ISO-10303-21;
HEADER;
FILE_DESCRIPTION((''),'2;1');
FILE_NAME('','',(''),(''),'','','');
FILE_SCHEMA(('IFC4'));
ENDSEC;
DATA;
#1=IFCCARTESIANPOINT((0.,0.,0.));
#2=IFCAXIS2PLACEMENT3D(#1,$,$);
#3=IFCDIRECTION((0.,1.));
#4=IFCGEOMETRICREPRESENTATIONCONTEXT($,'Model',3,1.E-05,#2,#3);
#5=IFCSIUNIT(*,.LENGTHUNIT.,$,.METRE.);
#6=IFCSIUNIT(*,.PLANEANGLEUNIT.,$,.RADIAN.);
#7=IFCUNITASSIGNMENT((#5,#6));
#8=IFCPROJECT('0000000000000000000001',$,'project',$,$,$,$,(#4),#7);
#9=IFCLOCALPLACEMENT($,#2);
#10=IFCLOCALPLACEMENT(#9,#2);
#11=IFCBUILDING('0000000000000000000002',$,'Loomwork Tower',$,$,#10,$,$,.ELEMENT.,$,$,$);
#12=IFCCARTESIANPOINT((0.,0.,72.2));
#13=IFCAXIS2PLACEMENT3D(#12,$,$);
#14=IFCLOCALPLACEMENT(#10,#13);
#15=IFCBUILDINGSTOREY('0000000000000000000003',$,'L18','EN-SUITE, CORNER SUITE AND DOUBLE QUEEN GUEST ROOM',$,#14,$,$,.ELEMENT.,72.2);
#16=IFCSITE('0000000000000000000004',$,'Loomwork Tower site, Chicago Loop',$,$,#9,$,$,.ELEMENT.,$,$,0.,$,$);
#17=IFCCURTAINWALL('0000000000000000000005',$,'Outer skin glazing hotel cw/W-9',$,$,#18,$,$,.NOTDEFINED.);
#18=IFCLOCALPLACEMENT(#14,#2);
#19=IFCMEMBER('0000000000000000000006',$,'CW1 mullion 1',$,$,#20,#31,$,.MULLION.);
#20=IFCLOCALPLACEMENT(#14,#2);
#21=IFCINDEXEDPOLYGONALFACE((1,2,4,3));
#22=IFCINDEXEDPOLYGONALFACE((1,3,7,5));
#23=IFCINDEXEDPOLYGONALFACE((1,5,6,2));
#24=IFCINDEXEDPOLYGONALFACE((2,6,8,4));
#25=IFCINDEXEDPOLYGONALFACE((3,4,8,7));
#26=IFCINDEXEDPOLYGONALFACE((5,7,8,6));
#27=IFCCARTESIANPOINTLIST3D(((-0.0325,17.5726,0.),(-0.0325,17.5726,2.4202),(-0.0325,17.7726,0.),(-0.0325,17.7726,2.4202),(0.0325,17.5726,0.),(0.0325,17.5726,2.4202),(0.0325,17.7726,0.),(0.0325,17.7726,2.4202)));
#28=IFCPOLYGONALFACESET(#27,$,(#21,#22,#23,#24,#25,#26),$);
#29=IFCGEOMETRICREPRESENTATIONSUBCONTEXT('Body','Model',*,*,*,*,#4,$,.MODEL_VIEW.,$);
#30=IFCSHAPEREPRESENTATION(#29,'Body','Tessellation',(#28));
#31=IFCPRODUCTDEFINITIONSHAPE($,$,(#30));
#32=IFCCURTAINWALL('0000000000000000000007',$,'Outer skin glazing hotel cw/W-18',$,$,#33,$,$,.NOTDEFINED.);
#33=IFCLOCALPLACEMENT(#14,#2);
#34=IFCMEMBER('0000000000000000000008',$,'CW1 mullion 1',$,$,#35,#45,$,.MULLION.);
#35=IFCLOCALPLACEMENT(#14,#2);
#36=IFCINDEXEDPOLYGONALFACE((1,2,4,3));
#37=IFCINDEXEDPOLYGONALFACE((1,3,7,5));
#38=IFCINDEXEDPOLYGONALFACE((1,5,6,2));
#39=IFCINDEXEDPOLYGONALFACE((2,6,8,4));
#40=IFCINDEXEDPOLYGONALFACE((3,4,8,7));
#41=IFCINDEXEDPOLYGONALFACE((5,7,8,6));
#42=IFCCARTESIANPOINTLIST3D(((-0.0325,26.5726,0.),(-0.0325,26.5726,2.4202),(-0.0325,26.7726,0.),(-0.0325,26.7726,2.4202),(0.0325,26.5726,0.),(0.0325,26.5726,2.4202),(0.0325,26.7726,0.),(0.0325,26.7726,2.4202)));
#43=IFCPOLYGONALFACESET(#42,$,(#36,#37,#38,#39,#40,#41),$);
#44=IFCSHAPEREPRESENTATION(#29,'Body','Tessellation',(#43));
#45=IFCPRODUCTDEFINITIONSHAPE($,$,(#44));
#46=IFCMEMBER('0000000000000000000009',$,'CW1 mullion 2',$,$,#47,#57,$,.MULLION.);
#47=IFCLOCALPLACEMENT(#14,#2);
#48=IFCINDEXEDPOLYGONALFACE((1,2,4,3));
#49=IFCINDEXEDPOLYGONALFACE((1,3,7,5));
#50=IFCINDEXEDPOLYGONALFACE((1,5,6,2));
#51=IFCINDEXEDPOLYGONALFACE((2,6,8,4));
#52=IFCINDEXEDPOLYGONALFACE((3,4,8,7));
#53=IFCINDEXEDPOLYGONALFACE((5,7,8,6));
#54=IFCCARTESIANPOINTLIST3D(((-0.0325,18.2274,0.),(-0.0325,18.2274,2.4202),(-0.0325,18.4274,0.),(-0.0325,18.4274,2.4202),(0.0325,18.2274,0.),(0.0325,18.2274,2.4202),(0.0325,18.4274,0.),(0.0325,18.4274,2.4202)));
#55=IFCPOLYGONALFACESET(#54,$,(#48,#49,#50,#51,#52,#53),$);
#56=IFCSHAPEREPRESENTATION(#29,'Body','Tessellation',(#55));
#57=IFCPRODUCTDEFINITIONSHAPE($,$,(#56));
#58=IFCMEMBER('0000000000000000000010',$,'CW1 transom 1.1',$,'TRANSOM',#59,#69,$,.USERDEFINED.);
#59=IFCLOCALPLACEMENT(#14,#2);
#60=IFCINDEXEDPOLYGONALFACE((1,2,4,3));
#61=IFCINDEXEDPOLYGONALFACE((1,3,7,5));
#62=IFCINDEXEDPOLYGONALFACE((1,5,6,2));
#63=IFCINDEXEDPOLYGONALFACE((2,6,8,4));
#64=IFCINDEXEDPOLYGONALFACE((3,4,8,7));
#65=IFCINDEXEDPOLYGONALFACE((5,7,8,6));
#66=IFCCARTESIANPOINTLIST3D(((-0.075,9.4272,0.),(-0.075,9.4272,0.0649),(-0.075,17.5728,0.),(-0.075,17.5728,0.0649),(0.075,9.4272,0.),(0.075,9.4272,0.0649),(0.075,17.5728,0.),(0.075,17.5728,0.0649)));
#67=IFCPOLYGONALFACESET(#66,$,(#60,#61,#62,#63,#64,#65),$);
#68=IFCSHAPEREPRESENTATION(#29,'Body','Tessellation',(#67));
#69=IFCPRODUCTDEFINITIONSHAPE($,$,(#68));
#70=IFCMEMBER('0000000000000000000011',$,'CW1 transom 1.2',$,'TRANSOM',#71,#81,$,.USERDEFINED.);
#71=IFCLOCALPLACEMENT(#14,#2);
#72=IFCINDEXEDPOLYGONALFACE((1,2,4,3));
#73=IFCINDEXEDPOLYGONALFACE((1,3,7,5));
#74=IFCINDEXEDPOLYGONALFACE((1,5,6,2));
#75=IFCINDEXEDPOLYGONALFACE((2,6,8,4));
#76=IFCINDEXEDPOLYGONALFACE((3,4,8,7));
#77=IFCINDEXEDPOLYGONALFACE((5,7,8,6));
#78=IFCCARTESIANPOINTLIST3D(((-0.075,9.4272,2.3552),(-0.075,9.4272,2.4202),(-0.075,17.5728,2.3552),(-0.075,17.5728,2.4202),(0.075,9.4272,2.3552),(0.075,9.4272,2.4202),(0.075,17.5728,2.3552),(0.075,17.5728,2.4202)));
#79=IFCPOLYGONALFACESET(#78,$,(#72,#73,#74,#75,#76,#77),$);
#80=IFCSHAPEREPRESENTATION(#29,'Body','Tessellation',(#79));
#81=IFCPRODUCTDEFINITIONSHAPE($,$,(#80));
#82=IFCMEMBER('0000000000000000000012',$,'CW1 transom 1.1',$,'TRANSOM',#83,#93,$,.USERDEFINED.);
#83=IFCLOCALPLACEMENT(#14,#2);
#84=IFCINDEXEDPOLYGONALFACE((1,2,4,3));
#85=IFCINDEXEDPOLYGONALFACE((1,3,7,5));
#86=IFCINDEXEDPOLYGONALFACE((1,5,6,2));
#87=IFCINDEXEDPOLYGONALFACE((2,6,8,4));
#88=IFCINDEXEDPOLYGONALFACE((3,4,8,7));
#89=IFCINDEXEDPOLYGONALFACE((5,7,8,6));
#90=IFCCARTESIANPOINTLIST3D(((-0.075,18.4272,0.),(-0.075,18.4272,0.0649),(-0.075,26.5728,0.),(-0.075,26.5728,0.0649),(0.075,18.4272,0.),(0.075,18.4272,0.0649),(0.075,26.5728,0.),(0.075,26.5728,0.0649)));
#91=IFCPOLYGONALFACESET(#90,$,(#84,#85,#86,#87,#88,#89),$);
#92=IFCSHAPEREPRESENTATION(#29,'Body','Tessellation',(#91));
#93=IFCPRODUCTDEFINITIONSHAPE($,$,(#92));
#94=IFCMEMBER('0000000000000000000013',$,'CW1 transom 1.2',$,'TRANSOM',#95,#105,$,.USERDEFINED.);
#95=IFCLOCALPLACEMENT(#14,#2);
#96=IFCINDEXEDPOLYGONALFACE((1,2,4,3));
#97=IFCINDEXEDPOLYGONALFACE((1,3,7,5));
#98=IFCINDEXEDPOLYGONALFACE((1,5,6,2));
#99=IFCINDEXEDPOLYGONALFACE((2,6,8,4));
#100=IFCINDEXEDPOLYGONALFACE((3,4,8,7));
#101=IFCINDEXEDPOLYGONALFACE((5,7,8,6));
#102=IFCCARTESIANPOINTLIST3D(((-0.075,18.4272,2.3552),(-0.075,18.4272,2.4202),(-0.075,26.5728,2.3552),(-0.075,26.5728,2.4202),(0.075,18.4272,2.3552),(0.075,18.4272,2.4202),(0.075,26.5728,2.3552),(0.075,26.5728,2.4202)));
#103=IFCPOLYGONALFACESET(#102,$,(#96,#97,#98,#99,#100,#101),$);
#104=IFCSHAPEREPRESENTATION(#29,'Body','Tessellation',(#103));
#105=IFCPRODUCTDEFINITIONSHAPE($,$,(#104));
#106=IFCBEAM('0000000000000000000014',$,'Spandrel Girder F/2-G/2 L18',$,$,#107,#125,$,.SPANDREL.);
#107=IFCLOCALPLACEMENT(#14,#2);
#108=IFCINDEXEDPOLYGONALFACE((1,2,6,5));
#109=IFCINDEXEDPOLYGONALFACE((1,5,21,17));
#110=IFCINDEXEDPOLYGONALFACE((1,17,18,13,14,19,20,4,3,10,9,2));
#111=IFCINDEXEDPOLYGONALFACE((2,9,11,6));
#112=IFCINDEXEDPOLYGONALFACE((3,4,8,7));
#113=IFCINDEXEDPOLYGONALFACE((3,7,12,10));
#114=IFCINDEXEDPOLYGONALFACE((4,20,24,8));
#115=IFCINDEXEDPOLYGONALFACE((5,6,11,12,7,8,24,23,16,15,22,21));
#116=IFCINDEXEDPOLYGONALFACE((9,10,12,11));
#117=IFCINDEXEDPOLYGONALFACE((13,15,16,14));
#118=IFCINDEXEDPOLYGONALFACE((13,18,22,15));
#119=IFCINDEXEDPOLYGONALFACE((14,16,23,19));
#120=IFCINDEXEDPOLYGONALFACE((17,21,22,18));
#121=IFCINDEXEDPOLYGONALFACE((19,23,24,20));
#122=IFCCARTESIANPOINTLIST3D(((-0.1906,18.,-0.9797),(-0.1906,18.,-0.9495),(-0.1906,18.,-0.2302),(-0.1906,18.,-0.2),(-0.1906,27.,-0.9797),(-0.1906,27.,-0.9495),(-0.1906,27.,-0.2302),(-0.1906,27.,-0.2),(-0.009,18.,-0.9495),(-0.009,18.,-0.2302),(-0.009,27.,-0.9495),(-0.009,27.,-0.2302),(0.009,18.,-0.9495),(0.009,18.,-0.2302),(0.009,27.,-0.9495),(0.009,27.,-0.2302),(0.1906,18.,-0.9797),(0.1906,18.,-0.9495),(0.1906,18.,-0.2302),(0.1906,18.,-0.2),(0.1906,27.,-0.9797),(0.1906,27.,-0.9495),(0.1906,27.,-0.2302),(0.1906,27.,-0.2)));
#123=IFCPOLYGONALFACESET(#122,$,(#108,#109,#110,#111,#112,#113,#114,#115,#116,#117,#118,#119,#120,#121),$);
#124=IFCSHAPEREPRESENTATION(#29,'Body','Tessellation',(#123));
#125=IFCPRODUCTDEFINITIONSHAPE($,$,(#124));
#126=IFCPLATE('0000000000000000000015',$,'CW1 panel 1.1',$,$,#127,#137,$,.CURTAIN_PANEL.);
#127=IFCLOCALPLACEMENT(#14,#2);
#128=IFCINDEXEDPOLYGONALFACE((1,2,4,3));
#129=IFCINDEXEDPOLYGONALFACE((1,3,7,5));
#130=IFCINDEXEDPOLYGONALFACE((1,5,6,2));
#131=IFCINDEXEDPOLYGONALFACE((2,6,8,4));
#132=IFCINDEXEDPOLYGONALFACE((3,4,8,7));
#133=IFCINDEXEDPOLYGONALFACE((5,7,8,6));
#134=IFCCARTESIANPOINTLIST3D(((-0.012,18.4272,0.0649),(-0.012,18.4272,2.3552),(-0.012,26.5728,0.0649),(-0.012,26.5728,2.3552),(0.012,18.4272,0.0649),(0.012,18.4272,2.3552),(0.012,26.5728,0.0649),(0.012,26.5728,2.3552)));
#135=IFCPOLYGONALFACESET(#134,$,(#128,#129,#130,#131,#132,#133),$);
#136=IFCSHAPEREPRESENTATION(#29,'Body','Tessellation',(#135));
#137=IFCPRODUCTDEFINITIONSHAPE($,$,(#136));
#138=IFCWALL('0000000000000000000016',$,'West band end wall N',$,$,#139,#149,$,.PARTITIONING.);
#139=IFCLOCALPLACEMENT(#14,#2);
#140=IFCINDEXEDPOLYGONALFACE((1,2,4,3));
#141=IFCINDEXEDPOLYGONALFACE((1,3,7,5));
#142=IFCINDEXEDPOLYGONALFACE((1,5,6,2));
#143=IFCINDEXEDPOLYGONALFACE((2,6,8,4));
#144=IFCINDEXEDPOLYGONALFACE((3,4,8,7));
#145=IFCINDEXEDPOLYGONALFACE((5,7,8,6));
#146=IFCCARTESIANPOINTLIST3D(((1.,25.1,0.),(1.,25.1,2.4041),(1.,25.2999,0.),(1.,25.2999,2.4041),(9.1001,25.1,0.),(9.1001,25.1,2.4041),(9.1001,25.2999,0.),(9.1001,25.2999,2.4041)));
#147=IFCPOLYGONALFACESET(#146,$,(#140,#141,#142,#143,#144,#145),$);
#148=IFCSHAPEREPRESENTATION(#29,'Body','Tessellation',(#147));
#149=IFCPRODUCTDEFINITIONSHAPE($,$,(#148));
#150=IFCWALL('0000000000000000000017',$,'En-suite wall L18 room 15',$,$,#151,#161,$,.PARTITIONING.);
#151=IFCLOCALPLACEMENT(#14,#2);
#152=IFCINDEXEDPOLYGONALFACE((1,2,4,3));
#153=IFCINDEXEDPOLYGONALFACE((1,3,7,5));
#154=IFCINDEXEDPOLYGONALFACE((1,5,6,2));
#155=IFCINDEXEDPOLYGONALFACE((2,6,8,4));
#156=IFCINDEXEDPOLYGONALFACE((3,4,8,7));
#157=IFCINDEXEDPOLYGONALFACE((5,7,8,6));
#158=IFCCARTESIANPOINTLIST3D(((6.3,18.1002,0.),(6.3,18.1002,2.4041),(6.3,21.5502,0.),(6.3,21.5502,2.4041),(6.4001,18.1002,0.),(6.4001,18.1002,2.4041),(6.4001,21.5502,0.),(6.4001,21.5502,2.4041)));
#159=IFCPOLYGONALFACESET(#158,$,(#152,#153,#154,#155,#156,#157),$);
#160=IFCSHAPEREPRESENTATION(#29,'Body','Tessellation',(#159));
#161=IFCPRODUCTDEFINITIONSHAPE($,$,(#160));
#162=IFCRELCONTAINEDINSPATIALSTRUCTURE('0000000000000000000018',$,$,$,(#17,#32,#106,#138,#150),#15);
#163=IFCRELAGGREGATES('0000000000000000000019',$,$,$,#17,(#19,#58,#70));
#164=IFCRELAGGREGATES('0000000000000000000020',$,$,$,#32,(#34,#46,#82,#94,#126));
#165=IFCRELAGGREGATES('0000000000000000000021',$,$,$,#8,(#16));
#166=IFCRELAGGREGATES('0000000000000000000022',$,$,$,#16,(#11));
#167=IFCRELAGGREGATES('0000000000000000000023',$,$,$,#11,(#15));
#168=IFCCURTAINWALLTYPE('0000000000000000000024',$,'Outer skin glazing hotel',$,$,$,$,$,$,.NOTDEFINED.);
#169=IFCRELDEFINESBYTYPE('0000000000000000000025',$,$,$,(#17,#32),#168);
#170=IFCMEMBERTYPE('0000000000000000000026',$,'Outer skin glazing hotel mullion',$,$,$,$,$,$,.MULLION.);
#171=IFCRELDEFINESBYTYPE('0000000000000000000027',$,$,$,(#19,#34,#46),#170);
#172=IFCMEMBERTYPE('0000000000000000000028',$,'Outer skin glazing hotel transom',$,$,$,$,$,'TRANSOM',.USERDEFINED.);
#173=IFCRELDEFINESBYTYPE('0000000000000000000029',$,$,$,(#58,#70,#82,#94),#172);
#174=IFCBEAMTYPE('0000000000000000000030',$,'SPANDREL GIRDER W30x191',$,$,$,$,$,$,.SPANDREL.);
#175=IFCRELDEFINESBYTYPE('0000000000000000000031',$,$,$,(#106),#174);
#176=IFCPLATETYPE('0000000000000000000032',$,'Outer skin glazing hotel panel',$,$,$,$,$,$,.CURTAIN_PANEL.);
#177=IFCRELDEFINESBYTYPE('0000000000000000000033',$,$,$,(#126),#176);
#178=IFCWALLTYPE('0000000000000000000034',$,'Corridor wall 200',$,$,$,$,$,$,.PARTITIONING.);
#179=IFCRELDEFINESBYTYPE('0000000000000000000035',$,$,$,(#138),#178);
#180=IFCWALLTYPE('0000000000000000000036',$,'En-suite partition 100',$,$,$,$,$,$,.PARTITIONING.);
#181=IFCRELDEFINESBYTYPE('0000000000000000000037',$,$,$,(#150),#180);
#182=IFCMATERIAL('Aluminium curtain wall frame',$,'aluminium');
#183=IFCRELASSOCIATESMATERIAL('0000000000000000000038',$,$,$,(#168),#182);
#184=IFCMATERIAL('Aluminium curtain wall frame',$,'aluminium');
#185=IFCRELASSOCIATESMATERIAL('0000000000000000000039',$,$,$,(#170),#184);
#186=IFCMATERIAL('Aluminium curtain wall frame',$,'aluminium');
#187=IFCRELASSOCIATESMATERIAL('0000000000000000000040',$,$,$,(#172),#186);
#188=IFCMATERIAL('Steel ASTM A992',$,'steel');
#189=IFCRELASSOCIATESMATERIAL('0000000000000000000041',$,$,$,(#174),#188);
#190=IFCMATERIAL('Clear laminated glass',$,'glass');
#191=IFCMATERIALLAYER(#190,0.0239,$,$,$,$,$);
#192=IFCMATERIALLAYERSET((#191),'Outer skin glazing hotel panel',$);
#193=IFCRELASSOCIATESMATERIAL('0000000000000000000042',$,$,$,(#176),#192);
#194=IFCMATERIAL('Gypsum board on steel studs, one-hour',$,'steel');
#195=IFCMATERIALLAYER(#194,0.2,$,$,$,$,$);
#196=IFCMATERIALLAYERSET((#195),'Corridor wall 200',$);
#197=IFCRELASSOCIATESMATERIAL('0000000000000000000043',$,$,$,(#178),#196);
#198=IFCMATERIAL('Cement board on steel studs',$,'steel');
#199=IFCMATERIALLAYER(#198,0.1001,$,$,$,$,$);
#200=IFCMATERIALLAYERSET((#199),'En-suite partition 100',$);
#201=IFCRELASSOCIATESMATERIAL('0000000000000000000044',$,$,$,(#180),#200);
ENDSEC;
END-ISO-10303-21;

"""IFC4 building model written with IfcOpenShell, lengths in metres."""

from ifc_helpers import new_model, si_unit, direction, frame, frame_2d, origin, origin_2d, place, context, subcontext, project, spatial, rectangle, i_section, extrude, material, layer, layer_set, material_profile, profile_set, type_object, element, aggregate, save


model = new_model("IFC4")

# Units and contexts
model_context = context("Model", 3, precision=1e-05, world=origin(), true_north=direction((0.0, 1.0)))
body_context = subcontext(model_context, "Body", "Model", "MODEL_VIEW")
ifc_project = project(units=[si_unit("LENGTHUNIT", "METRE"), si_unit("PLANEANGLEUNIT", "RADIAN")], contexts=[model_context])

# Site, building, storey
site_placement = place(None, origin())
site = spatial("IfcSite", under=ifc_project, at=site_placement, Name="Loomwork Tower site, Chicago Loop", CompositionType="ELEMENT", RefElevation=0.0)
building_placement = place(site_placement, origin())
building = spatial("IfcBuilding", under=site, at=building_placement, Name="Loomwork Tower", CompositionType="ELEMENT")
storey_placement = place(building_placement, frame((0.0, 0.0, 72.2)))
storey = spatial("IfcBuildingStorey", under=building, at=storey_placement, Name="L18", Description="EN-SUITE, CORNER SUITE AND DOUBLE QUEEN GUEST ROOM", CompositionType="ELEMENT", Elevation=72.2)

# Curtain wall, member
ifc_material_1 = material(Name="Aluminium curtain wall frame", Category="aluminium")
curtain_wall_type = type_object("IfcCurtainWallType", Name="Outer skin glazing hotel", PredefinedType="NOTDEFINED", material=ifc_material_1)
curtain_wall_1_placement = place(storey_placement, origin())
curtain_wall_1 = element("IfcCurtainWall", 1, at=curtain_wall_1_placement, inside=storey, type_object=curtain_wall_type, Name="Outer skin glazing hotel cw/W-9", PredefinedType="NOTDEFINED")
ifc_material_2 = material(Name="Aluminium curtain wall frame", Category="aluminium")
ifc_material_profile_1 = material_profile(ifc_material_2, rectangle(XDim=0.0649, YDim=0.2, at=origin_2d()), Name="AL 65x200")
ifc_profile_set_1 = profile_set([ifc_material_profile_1], Name="Aluminium curtain wall frame")
member_type_1 = type_object("IfcMemberType", Name="Outer skin glazing hotel mullion", PredefinedType="MULLION", material=ifc_profile_set_1)
member_1_placement = place(storey_placement, frame((0.0, 17.6726, 0.0), z_axis=(0.0, 0.0, 1.0), x_axis=(1.0, 0.0, 0.0)))
member_1 = element("IfcMember", 2, at=member_1_placement, type_object=member_type_1, Name="CW1 mullion 1", PredefinedType="MULLION", context=body_context, shape_type="SweptSolid", body=[
    extrude(rectangle(XDim=0.0649, YDim=0.2, at=origin_2d()), origin(), (0.0, 0.0, 1.0), 2.4202),
])

# Curtain wall, members
curtain_wall_2_placement = place(storey_placement, origin())
curtain_wall_2 = element("IfcCurtainWall", 3, at=curtain_wall_2_placement, inside=storey, type_object=curtain_wall_type, Name="Outer skin glazing hotel cw/W-18", PredefinedType="NOTDEFINED")
member_2_placement = place(storey_placement, frame((0.0, 26.6726, 0.0), z_axis=(0.0, 0.0, 1.0), x_axis=(1.0, 0.0, 0.0)))
member_2 = element("IfcMember", 4, at=member_2_placement, type_object=member_type_1, Name="CW1 mullion 1", PredefinedType="MULLION", context=body_context, shape_type="SweptSolid", body=[
    extrude(rectangle(XDim=0.0649, YDim=0.2, at=origin_2d()), origin(), (0.0, 0.0, 1.0), 2.4202),
])
member_3_placement = place(storey_placement, frame((0.0, 18.3274, 0.0), z_axis=(0.0, 0.0, 1.0), x_axis=(1.0, 0.0, 0.0)))
member_3 = element("IfcMember", 5, at=member_3_placement, type_object=member_type_1, Name="CW1 mullion 2", PredefinedType="MULLION", context=body_context, shape_type="SweptSolid", body=[
    extrude(rectangle(XDim=0.0649, YDim=0.2, at=origin_2d()), origin(), (0.0, 0.0, 1.0), 2.4202),
])

# Members
ifc_material_3 = material(Name="Aluminium curtain wall frame", Category="aluminium")
ifc_material_profile_2 = material_profile(ifc_material_3, rectangle(XDim=0.1499, YDim=0.0649, at=origin_2d()), Name="AL 65x150")
ifc_profile_set_2 = profile_set([ifc_material_profile_2], Name="Aluminium curtain wall frame")
member_type_2 = type_object("IfcMemberType", Name="Outer skin glazing hotel transom", ElementType="TRANSOM", PredefinedType="USERDEFINED", material=ifc_profile_set_2)
member_4_placement = place(storey_placement, frame((0.0, 17.5728, 0.0325), z_axis=(0.0, -1.0, 0.0), x_axis=(1.0, 0.0, 0.0)))
member_4 = element("IfcMember", 6, at=member_4_placement, type_object=member_type_2, Name="CW1 transom 1.1", ObjectType="TRANSOM", PredefinedType="USERDEFINED", context=body_context, shape_type="SweptSolid", body=[
    extrude(rectangle(XDim=0.1499, YDim=0.0649, at=origin_2d()), origin(), (0.0, 0.0, 1.0), 8.1455),
])
member_5_placement = place(storey_placement, frame((0.0, 17.5728, 2.3877), z_axis=(0.0, -1.0, 0.0), x_axis=(1.0, 0.0, 0.0)))
member_5 = element("IfcMember", 7, at=member_5_placement, type_object=member_type_2, Name="CW1 transom 1.2", ObjectType="TRANSOM", PredefinedType="USERDEFINED", context=body_context, shape_type="SweptSolid", body=[
    extrude(rectangle(XDim=0.1499, YDim=0.0649, at=origin_2d()), origin(), (0.0, 0.0, 1.0), 8.1455),
])
aggregate(curtain_wall_1, [member_1, member_4, member_5])
member_6_placement = place(storey_placement, frame((0.0, 26.5728, 0.0325), z_axis=(0.0, -1.0, 0.0), x_axis=(1.0, 0.0, 0.0)))
member_6 = element("IfcMember", 8, at=member_6_placement, type_object=member_type_2, Name="CW1 transom 1.1", ObjectType="TRANSOM", PredefinedType="USERDEFINED", context=body_context, shape_type="SweptSolid", body=[
    extrude(rectangle(XDim=0.1499, YDim=0.0649, at=origin_2d()), origin(), (0.0, 0.0, 1.0), 8.1455),
])
member_7_placement = place(storey_placement, frame((0.0, 26.5728, 2.3877), z_axis=(0.0, -1.0, 0.0), x_axis=(1.0, 0.0, 0.0)))
member_7 = element("IfcMember", 9, at=member_7_placement, type_object=member_type_2, Name="CW1 transom 1.2", ObjectType="TRANSOM", PredefinedType="USERDEFINED", context=body_context, shape_type="SweptSolid", body=[
    extrude(rectangle(XDim=0.1499, YDim=0.0649, at=origin_2d()), origin(), (0.0, 0.0, 1.0), 8.1455),
])

# Beam
ifc_material_4 = material(Name="Steel ASTM A992", Category="steel")
ifc_material_profile_3 = material_profile(ifc_material_4, i_section(OverallWidth=0.3811, OverallDepth=0.7798, WebThickness=0.0181, FlangeThickness=0.0303, at=origin_2d()), Name="W30x191")
ifc_profile_set_3 = profile_set([ifc_material_profile_3], Name="Steel ASTM A992")
beam_type_1 = type_object("IfcBeamType", Name="SPANDREL GIRDER W30x191", PredefinedType="SPANDREL", material=ifc_profile_set_3)
beam_1_placement = place(storey_placement, frame((0.0, 18.0, -0.5898), z_axis=(0.0, 1.0, 0.0), x_axis=(-1.0, 0.0, 0.0)))
element("IfcBeam", 10, at=beam_1_placement, inside=storey, type_object=beam_type_1, Name="Spandrel Girder F/2-G/2 L18", PredefinedType="SPANDREL", context=body_context, shape_type="SweptSolid", body=[
    extrude(i_section(OverallWidth=0.3811, OverallDepth=0.7798, WebThickness=0.0181, FlangeThickness=0.0303, at=origin_2d()), origin(), (0.0, 0.0, 1.0), 9.0),
])

# Plate
ifc_material_5 = material(Name="Clear laminated glass", Category="glass")
ifc_layer_1 = layer(ifc_material_5, 0.0239)
ifc_layer_set_1 = layer_set([ifc_layer_1], Name="Outer skin glazing hotel panel")
plate_type = type_object("IfcPlateType", Name="Outer skin glazing hotel panel", PredefinedType="CURTAIN_PANEL", material=ifc_layer_set_1)
plate_placement = place(storey_placement, frame((0.0, 22.5, 0.0649), z_axis=(0.0, 0.0, 1.0), x_axis=(0.0, -1.0, 0.0)))
plate = element("IfcPlate", 11, at=plate_placement, type_object=plate_type, Name="CW1 panel 1.1", PredefinedType="CURTAIN_PANEL", context=body_context, shape_type="SweptSolid", body=[
    extrude(rectangle(XDim=8.1455, YDim=0.0239, at=origin_2d()), origin(), (0.0, 0.0, 1.0), 2.2903),
])
aggregate(curtain_wall_2, [member_2, member_3, member_6, member_7, plate])

# Walls
ifc_material_6 = material(Name="Gypsum board on steel studs, one-hour", Category="steel")
ifc_layer_2 = layer(ifc_material_6, 0.2)
ifc_layer_set_2 = layer_set([ifc_layer_2], Name="Corridor wall 200")
wall_type_1 = type_object("IfcWallType", Name="Corridor wall 200", PredefinedType="PARTITIONING", material=ifc_layer_set_2)
wall_1_placement = place(storey_placement, frame((1.0, 25.2, 0.0), z_axis=(0.0, 0.0, 1.0), x_axis=(1.0, 0.0, 0.0)))
element("IfcWall", 12, at=wall_1_placement, inside=storey, type_object=wall_type_1, Name="West band end wall N", PredefinedType="PARTITIONING", context=body_context, shape_type="SweptSolid", body=[
    extrude(rectangle(XDim=8.1001, YDim=0.2, at=frame_2d((4.05, 0.0))), origin(), (0.0, 0.0, 1.0), 2.4041),
])
ifc_material_7 = material(Name="Cement board on steel studs", Category="steel")
ifc_layer_3 = layer(ifc_material_7, 0.1001)
ifc_layer_set_3 = layer_set([ifc_layer_3], Name="En-suite partition 100")
wall_type_2 = type_object("IfcWallType", Name="En-suite partition 100", PredefinedType="PARTITIONING", material=ifc_layer_set_3)
wall_2_placement = place(storey_placement, frame((6.3501, 18.1001, 0.0), z_axis=(0.0, 0.0, 1.0), x_axis=(0.0, 1.0, 0.0)))
element("IfcWall", 13, at=wall_2_placement, inside=storey, type_object=wall_type_2, Name="En-suite wall L18 room 15", PredefinedType="PARTITIONING", context=body_context, shape_type="SweptSolid", body=[
    extrude(rectangle(XDim=3.45, YDim=0.1001, at=frame_2d((1.7251, 0.0))), origin(), (0.0, 0.0, 1.0), 2.4041),
])

save(model, "model.ifc")
